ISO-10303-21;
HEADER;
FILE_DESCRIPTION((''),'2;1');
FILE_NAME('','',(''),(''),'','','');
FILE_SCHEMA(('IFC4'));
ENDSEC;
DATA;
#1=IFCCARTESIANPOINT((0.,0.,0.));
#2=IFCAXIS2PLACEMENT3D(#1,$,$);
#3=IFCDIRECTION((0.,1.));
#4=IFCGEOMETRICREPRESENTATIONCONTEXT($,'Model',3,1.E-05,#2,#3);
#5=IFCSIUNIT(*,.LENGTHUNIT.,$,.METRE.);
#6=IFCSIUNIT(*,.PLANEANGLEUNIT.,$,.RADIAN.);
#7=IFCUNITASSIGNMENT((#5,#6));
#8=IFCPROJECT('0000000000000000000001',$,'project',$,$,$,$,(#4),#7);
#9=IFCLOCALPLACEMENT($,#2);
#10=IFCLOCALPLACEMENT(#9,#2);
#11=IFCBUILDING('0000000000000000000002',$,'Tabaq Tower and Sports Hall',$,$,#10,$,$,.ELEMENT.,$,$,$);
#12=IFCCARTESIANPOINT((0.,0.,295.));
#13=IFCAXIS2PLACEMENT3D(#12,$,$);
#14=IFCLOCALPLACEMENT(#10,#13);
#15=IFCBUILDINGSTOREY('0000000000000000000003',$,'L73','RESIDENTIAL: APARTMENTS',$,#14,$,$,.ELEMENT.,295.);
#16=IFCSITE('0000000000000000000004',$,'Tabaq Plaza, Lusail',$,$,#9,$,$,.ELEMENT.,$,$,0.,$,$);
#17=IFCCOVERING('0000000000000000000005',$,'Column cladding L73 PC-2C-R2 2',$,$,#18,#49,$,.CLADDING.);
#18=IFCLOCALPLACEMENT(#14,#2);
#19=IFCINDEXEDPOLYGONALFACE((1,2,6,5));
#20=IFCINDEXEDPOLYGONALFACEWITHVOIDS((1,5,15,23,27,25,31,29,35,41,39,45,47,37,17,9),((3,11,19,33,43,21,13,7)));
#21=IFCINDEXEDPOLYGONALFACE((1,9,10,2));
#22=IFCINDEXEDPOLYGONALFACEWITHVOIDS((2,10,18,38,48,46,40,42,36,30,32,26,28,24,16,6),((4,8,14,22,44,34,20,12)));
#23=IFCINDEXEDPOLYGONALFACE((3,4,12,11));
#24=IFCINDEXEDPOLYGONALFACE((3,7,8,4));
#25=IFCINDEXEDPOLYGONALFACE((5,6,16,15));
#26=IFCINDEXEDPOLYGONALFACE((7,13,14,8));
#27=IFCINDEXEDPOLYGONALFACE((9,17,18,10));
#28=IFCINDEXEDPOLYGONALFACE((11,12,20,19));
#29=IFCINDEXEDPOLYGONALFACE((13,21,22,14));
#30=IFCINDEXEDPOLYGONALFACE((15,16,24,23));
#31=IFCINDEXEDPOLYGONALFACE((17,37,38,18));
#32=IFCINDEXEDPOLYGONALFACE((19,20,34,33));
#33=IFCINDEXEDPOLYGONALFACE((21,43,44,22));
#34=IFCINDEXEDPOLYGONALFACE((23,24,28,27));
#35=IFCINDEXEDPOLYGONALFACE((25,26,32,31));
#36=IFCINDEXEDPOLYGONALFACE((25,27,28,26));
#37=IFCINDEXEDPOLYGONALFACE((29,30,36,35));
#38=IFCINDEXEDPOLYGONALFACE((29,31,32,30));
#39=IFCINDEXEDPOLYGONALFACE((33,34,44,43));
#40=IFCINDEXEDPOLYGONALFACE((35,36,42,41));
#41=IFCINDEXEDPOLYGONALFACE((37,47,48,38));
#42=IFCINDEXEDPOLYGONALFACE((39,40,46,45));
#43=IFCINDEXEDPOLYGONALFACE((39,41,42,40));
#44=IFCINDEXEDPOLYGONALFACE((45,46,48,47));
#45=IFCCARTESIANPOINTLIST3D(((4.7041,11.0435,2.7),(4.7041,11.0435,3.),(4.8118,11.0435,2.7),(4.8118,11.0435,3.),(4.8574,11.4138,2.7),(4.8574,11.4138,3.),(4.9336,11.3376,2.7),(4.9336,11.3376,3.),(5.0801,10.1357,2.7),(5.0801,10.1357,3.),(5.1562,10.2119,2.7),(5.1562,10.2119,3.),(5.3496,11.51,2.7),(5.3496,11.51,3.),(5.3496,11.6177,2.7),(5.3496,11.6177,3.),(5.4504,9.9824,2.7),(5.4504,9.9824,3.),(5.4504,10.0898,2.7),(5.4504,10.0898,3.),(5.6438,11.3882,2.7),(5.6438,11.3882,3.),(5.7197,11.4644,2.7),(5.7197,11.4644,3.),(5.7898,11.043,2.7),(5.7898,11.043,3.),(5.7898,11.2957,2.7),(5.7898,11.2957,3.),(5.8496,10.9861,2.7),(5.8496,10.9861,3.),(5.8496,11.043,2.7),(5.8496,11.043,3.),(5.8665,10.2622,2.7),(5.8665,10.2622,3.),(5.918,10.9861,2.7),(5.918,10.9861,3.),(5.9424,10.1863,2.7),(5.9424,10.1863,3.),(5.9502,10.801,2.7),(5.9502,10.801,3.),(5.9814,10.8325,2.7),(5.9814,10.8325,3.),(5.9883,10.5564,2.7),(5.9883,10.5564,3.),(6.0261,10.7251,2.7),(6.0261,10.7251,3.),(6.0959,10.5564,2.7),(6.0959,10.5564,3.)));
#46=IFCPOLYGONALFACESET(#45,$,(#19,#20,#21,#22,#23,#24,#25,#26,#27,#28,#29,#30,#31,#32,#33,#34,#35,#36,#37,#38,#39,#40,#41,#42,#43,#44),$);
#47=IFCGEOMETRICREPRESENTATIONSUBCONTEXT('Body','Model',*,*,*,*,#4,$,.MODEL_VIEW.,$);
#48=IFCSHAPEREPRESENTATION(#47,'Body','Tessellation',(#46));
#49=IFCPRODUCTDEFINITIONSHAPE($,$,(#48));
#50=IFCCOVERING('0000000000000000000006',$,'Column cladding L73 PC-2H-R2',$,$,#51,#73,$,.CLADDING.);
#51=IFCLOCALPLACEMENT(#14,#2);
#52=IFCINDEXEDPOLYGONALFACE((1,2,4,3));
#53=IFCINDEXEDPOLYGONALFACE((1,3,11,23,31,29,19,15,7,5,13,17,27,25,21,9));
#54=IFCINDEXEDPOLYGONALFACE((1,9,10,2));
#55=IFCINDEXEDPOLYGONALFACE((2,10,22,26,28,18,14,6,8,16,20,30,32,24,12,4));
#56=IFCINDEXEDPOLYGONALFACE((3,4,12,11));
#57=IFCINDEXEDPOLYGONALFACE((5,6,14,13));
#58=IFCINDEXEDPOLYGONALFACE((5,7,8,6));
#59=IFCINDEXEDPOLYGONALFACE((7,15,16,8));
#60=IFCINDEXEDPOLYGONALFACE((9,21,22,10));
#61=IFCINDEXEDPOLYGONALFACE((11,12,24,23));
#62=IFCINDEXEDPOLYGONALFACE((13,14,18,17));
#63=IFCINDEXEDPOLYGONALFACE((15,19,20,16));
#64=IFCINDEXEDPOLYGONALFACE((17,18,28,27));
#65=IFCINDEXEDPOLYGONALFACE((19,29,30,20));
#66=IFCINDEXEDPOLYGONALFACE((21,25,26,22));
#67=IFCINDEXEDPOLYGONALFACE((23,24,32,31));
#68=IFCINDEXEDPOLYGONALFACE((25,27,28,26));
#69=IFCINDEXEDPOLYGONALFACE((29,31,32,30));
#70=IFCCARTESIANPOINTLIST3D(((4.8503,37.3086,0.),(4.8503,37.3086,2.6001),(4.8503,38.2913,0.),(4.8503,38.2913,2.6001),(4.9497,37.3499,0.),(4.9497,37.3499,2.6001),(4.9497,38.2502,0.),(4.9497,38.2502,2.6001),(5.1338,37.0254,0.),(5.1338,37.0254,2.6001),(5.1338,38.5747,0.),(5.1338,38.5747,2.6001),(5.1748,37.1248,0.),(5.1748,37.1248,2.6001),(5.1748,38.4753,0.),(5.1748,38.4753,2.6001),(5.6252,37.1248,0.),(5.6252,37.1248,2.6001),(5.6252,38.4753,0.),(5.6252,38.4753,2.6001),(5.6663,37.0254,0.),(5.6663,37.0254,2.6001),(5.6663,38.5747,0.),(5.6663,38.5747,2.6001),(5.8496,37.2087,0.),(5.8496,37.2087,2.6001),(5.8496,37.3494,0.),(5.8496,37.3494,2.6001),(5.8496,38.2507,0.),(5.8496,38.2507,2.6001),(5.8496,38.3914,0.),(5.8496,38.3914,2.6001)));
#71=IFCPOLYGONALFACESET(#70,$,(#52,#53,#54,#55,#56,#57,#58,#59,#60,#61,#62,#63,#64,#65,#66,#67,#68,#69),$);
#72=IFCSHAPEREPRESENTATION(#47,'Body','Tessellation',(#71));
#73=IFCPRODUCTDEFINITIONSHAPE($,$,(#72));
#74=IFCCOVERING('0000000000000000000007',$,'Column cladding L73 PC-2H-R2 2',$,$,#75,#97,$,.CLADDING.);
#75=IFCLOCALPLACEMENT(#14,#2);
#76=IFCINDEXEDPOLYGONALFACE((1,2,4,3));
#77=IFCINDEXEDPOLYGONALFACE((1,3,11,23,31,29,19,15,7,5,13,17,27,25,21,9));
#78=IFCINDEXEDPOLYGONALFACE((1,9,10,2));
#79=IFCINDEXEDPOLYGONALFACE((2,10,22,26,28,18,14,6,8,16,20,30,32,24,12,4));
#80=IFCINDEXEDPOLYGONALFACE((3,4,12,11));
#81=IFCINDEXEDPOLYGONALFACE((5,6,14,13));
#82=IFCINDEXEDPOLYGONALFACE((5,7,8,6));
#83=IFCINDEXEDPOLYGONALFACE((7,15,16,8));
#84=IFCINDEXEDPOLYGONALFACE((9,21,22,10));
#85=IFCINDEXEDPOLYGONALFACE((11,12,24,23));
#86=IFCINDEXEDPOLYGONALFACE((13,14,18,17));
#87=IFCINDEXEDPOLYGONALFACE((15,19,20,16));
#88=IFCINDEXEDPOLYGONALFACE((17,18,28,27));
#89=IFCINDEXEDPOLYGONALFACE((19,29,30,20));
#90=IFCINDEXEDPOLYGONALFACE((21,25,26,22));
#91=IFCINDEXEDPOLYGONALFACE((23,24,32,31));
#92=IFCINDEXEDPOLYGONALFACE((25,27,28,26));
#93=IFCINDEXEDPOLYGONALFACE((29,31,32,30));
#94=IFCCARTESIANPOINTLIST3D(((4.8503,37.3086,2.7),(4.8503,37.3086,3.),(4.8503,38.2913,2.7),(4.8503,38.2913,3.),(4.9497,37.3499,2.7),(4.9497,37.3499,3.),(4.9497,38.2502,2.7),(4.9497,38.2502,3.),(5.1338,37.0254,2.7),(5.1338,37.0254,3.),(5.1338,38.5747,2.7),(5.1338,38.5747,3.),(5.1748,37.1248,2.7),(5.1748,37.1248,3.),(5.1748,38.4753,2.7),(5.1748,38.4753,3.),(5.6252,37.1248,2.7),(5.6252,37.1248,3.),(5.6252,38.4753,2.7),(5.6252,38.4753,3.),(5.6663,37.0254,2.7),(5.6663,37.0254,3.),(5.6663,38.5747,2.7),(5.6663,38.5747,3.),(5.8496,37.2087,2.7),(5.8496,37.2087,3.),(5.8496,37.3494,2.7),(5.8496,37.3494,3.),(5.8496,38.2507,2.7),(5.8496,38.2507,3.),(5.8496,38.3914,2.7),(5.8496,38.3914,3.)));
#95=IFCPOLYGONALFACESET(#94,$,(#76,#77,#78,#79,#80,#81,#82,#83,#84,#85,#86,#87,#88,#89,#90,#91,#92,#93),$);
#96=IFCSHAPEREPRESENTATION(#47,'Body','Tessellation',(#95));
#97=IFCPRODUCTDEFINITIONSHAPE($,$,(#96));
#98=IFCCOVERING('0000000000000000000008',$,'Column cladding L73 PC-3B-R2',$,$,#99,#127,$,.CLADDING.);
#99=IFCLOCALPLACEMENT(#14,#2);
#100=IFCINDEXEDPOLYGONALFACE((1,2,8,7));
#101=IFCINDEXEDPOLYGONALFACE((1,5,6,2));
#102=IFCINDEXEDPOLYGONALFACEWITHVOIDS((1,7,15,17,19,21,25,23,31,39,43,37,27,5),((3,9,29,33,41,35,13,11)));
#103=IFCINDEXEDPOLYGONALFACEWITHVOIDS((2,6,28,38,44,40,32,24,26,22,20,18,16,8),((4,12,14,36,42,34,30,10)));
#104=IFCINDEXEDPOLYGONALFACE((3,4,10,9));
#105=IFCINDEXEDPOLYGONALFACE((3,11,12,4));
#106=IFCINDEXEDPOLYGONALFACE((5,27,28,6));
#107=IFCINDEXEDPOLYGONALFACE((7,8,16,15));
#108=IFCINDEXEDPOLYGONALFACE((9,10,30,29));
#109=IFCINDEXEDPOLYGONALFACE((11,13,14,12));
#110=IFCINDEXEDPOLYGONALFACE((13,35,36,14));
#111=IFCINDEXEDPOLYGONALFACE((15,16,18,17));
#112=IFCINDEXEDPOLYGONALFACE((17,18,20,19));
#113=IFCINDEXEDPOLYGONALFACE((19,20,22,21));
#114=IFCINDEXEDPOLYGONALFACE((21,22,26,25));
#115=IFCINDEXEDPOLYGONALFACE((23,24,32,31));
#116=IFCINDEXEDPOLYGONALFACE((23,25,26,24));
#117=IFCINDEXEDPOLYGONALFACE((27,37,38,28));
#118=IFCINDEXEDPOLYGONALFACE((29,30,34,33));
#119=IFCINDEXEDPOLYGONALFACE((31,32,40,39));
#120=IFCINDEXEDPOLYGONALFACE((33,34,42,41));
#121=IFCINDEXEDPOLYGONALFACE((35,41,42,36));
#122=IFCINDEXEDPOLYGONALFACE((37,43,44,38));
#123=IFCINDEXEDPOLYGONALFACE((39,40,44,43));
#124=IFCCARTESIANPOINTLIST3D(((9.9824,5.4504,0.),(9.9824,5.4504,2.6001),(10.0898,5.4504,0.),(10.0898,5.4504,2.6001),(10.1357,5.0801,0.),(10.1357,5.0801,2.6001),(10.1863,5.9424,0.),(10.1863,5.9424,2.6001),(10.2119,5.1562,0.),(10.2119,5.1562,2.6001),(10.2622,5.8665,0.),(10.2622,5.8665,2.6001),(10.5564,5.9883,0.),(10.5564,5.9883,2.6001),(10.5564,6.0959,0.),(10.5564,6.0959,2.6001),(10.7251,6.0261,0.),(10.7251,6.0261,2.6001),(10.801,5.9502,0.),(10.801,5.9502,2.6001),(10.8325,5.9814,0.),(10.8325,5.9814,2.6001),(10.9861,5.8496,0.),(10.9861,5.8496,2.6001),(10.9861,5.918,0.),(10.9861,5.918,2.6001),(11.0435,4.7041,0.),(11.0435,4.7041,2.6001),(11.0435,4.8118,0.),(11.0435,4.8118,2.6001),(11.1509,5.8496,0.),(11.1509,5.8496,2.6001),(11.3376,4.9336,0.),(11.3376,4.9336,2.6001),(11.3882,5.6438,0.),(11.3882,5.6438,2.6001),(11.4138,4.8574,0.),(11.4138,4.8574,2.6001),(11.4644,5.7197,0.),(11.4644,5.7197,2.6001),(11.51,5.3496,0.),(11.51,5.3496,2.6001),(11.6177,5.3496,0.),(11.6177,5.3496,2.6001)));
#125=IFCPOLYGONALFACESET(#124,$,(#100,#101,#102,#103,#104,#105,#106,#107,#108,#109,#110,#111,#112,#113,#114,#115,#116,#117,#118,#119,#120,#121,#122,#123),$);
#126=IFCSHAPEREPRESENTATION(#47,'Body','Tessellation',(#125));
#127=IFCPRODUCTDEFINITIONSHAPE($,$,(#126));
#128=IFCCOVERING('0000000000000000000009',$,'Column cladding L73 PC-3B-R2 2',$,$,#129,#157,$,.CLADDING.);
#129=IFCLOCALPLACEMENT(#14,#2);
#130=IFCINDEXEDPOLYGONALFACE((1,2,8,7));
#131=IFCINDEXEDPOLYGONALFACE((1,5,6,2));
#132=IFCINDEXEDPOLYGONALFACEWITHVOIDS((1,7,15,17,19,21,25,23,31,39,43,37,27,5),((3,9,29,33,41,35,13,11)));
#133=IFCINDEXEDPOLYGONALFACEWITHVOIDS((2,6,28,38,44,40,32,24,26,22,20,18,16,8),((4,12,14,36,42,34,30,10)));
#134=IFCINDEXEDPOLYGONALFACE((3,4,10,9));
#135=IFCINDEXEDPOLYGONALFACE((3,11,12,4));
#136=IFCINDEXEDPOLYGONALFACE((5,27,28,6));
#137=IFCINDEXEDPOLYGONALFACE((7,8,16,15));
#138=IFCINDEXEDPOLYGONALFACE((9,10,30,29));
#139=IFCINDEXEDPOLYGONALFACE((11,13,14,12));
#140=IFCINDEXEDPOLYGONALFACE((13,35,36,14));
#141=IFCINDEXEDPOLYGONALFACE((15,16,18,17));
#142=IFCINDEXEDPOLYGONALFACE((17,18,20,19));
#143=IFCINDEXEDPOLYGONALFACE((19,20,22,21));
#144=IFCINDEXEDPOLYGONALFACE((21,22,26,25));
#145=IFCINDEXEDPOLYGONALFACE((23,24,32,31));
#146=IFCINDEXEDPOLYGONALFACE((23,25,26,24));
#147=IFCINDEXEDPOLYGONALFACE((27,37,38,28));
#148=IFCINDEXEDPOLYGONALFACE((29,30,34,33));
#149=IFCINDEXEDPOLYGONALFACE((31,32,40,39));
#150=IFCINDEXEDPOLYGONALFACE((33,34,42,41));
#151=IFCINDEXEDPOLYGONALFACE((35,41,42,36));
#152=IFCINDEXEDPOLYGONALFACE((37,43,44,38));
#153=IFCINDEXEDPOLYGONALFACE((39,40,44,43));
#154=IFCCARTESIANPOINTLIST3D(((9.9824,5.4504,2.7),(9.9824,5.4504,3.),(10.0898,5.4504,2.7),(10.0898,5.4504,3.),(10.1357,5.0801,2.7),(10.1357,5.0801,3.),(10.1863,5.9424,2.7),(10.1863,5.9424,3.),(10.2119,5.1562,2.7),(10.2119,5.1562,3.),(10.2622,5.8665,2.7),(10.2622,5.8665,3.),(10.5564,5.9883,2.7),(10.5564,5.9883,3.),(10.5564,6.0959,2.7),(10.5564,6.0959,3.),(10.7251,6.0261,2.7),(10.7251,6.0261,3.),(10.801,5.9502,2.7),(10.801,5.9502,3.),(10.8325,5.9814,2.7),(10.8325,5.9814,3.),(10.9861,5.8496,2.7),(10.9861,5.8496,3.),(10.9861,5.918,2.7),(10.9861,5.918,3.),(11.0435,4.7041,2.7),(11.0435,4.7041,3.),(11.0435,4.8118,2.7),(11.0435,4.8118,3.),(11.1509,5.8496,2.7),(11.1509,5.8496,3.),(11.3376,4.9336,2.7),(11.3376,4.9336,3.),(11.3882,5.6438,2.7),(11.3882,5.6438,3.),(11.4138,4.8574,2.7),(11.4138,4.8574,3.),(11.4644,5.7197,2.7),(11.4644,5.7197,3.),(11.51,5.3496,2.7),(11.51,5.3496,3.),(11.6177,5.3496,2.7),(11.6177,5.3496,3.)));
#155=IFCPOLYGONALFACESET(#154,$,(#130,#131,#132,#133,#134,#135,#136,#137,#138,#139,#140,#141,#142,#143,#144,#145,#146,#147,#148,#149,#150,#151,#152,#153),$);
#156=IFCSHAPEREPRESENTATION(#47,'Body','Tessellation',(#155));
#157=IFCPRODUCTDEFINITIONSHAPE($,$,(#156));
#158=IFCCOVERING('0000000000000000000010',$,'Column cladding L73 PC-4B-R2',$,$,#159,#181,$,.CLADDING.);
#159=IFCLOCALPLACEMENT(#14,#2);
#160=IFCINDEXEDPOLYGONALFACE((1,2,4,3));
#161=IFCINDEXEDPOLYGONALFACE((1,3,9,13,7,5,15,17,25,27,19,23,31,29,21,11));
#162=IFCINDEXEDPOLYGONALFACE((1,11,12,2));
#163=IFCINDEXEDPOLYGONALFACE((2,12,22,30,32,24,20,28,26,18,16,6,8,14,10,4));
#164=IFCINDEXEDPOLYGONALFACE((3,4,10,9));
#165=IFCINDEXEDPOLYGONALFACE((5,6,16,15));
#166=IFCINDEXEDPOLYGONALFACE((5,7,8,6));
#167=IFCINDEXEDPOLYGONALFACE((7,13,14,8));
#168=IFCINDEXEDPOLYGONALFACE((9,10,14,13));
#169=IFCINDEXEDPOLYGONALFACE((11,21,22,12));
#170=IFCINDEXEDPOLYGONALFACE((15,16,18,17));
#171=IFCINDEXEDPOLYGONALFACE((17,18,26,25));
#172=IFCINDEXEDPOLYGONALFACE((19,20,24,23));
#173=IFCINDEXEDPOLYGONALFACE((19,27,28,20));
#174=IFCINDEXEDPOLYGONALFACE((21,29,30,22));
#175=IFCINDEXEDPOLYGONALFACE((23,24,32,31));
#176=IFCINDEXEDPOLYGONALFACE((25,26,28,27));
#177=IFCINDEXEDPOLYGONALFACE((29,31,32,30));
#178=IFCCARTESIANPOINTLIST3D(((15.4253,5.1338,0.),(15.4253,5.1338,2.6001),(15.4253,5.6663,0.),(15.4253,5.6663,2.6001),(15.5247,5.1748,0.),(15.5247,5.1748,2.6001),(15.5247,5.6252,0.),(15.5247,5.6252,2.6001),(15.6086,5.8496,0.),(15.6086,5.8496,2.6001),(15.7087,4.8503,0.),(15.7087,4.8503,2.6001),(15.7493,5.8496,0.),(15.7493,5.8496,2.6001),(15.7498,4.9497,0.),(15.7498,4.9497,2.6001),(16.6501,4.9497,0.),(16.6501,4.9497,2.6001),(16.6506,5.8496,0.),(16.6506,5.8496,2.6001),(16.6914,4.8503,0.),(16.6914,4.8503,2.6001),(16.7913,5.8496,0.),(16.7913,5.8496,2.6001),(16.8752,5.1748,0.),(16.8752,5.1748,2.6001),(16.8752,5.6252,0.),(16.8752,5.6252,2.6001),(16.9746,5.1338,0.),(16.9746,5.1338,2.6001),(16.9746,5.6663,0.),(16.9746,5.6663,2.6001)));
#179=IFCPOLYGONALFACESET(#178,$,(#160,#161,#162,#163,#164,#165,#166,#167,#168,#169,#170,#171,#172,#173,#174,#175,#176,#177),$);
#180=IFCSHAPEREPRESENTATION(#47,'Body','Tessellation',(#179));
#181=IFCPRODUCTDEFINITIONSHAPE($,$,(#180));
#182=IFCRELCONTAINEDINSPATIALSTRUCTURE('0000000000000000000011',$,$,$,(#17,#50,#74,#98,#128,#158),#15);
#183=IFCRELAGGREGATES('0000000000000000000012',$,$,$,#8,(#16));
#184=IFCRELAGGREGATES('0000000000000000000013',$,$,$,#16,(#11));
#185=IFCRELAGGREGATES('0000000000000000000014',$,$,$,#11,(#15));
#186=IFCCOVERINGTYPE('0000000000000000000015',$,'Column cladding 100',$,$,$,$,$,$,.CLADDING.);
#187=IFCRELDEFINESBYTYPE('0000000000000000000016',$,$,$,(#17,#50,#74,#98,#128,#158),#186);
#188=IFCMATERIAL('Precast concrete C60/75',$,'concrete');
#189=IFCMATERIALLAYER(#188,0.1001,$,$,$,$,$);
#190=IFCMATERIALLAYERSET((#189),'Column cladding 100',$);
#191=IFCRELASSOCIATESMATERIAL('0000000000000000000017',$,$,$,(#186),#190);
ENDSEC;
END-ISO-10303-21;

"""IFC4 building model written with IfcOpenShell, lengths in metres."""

from ifc_helpers import new_model, si_unit, direction, frame, origin, place, context, subcontext, project, spatial, polyline, outline, extrude, material, layer, layer_set, type_object, element, save


model = new_model("IFC4")

# Units and contexts
model_context = context("Model", 3, precision=1e-05, world=origin(), true_north=direction((0.0, 1.0)))
body_context = subcontext(model_context, "Body", "Model", "MODEL_VIEW")
ifc_project = project(units=[si_unit("LENGTHUNIT", "METRE"), si_unit("PLANEANGLEUNIT", "RADIAN")], contexts=[model_context])

# Site, building, storey
site_placement = place(None, origin())
site = spatial("IfcSite", under=ifc_project, at=site_placement, Name="Tabaq Plaza, Lusail", CompositionType="ELEMENT", RefElevation=0.0)
building_placement = place(site_placement, origin())
building = spatial("IfcBuilding", under=site, at=building_placement, Name="Tabaq Tower and Sports Hall", CompositionType="ELEMENT")
storey_placement = place(building_placement, frame((0.0, 0.0, 295.0)))
storey = spatial("IfcBuildingStorey", under=building, at=storey_placement, Name="L73", Description="RESIDENTIAL: APARTMENTS", CompositionType="ELEMENT", Elevation=295.0)

# Coverings
ifc_material_1 = material(Name="Precast concrete C60/75", Category="concrete")
ifc_layer_1 = layer(ifc_material_1, 0.1001)
ifc_layer_set_1 = layer_set([ifc_layer_1], Name="Column cladding 100")
covering_type = type_object("IfcCoveringType", Name="Column cladding 100", PredefinedType="CLADDING", material=ifc_layer_set_1)
covering_1_placement = place(storey_placement, frame((0.0, 0.0, 2.7)))
element("IfcCovering", 1, at=covering_1_placement, inside=storey, type_object=covering_type, Name="Column cladding L73 PC-2C-R2 2", PredefinedType="CLADDING", context=body_context, shape_type="SweptSolid", body=[
    extrude(outline(polyline([(5.4504, 9.9824), (5.0801, 10.1357), (4.7041, 11.0435), (4.8574, 11.4138), (5.3496, 11.6177), (5.7197, 11.4644), (5.7898, 11.2957), (5.7898, 11.043), (5.8496, 11.043), (5.8496, 10.9861), (5.918, 10.9861), (5.9814, 10.8325), (5.9502, 10.801), (6.0261, 10.7251), (6.0959, 10.5564), (5.9424, 10.1863), (5.4504, 9.9824)]), holes=[polyline([(5.3496, 11.51), (4.9336, 11.3376), (4.8118, 11.0435), (5.1562, 10.2119), (5.4504, 10.0898), (5.8665, 10.2622), (5.9883, 10.5564), (5.6438, 11.3882), (5.3496, 11.51)])]), origin(), (0.0, 0.0, 1.0), 0.3),
])
covering_2_placement = place(storey_placement, origin())
element("IfcCovering", 2, at=covering_2_placement, inside=storey, type_object=covering_type, Name="Column cladding L73 PC-2H-R2", PredefinedType="CLADDING", context=body_context, shape_type="SweptSolid", body=[
    extrude(outline(polyline([(5.1338, 37.0254), (4.8503, 37.3086), (4.8503, 38.2913), (5.1338, 38.5747), (5.6663, 38.5747), (5.8496, 38.3914), (5.8496, 38.2507), (5.6252, 38.4753), (5.1748, 38.4753), (4.9497, 38.2502), (4.9497, 37.3499), (5.1748, 37.1248), (5.6252, 37.1248), (5.8496, 37.3494), (5.8496, 37.2087), (5.6663, 37.0254), (5.1338, 37.0254)])), origin(), (0.0, 0.0, 1.0), 2.6001),
])
covering_3_placement = place(storey_placement, frame((0.0, 0.0, 2.7)))
element("IfcCovering", 3, at=covering_3_placement, inside=storey, type_object=covering_type, Name="Column cladding L73 PC-2H-R2 2", PredefinedType="CLADDING", context=body_context, shape_type="SweptSolid", body=[
    extrude(outline(polyline([(5.1338, 37.0254), (4.8503, 37.3086), (4.8503, 38.2913), (5.1338, 38.5747), (5.6663, 38.5747), (5.8496, 38.3914), (5.8496, 38.2507), (5.6252, 38.4753), (5.1748, 38.4753), (4.9497, 38.2502), (4.9497, 37.3499), (5.1748, 37.1248), (5.6252, 37.1248), (5.8496, 37.3494), (5.8496, 37.2087), (5.6663, 37.0254), (5.1338, 37.0254)])), origin(), (0.0, 0.0, 1.0), 0.3),
])
covering_4_placement = place(storey_placement, origin())
element("IfcCovering", 4, at=covering_4_placement, inside=storey, type_object=covering_type, Name="Column cladding L73 PC-3B-R2", PredefinedType="CLADDING", context=body_context, shape_type="SweptSolid", body=[
    extrude(outline(polyline([(11.4138, 4.8574), (11.0435, 4.7041), (10.1357, 5.0801), (9.9824, 5.4504), (10.1863, 5.9424), (10.5564, 6.0959), (10.7251, 6.0261), (10.801, 5.9502), (10.8325, 5.9814), (10.9861, 5.918), (10.9861, 5.8496), (11.1509, 5.8496), (11.4644, 5.7197), (11.6177, 5.3496), (11.4138, 4.8574)]), holes=[polyline([(10.2622, 5.8665), (10.0898, 5.4504), (10.2119, 5.1562), (11.0435, 4.8118), (11.3376, 4.9336), (11.51, 5.3496), (11.3882, 5.6438), (10.5564, 5.9883), (10.2622, 5.8665)])]), origin(), (0.0, 0.0, 1.0), 2.6001),
])
covering_5_placement = place(storey_placement, frame((0.0, 0.0, 2.7)))
element("IfcCovering", 5, at=covering_5_placement, inside=storey, type_object=covering_type, Name="Column cladding L73 PC-3B-R2 2", PredefinedType="CLADDING", context=body_context, shape_type="SweptSolid", body=[
    extrude(outline(polyline([(11.4138, 4.8574), (11.0435, 4.7041), (10.1357, 5.0801), (9.9824, 5.4504), (10.1863, 5.9424), (10.5564, 6.0959), (10.7251, 6.0261), (10.801, 5.9502), (10.8325, 5.9814), (10.9861, 5.918), (10.9861, 5.8496), (11.1509, 5.8496), (11.4644, 5.7197), (11.6177, 5.3496), (11.4138, 4.8574)]), holes=[polyline([(10.2622, 5.8665), (10.0898, 5.4504), (10.2119, 5.1562), (11.0435, 4.8118), (11.3376, 4.9336), (11.51, 5.3496), (11.3882, 5.6438), (10.5564, 5.9883), (10.2622, 5.8665)])]), origin(), (0.0, 0.0, 1.0), 0.3),
])
covering_6_placement = place(storey_placement, origin())
element("IfcCovering", 6, at=covering_6_placement, inside=storey, type_object=covering_type, Name="Column cladding L73 PC-4B-R2", PredefinedType="CLADDING", context=body_context, shape_type="SweptSolid", body=[
    extrude(outline(polyline([(15.4253, 5.6663), (15.6086, 5.8496), (15.7493, 5.8496), (15.5247, 5.6252), (15.5247, 5.1748), (15.7498, 4.9497), (16.6501, 4.9497), (16.8752, 5.1748), (16.8752, 5.6252), (16.6506, 5.8496), (16.7913, 5.8496), (16.9746, 5.6663), (16.9746, 5.1338), (16.6914, 4.8503), (15.7087, 4.8503), (15.4253, 5.1338), (15.4253, 5.6663)])), origin(), (0.0, 0.0, 1.0), 2.6001),
])

save(model, "model.ifc")
